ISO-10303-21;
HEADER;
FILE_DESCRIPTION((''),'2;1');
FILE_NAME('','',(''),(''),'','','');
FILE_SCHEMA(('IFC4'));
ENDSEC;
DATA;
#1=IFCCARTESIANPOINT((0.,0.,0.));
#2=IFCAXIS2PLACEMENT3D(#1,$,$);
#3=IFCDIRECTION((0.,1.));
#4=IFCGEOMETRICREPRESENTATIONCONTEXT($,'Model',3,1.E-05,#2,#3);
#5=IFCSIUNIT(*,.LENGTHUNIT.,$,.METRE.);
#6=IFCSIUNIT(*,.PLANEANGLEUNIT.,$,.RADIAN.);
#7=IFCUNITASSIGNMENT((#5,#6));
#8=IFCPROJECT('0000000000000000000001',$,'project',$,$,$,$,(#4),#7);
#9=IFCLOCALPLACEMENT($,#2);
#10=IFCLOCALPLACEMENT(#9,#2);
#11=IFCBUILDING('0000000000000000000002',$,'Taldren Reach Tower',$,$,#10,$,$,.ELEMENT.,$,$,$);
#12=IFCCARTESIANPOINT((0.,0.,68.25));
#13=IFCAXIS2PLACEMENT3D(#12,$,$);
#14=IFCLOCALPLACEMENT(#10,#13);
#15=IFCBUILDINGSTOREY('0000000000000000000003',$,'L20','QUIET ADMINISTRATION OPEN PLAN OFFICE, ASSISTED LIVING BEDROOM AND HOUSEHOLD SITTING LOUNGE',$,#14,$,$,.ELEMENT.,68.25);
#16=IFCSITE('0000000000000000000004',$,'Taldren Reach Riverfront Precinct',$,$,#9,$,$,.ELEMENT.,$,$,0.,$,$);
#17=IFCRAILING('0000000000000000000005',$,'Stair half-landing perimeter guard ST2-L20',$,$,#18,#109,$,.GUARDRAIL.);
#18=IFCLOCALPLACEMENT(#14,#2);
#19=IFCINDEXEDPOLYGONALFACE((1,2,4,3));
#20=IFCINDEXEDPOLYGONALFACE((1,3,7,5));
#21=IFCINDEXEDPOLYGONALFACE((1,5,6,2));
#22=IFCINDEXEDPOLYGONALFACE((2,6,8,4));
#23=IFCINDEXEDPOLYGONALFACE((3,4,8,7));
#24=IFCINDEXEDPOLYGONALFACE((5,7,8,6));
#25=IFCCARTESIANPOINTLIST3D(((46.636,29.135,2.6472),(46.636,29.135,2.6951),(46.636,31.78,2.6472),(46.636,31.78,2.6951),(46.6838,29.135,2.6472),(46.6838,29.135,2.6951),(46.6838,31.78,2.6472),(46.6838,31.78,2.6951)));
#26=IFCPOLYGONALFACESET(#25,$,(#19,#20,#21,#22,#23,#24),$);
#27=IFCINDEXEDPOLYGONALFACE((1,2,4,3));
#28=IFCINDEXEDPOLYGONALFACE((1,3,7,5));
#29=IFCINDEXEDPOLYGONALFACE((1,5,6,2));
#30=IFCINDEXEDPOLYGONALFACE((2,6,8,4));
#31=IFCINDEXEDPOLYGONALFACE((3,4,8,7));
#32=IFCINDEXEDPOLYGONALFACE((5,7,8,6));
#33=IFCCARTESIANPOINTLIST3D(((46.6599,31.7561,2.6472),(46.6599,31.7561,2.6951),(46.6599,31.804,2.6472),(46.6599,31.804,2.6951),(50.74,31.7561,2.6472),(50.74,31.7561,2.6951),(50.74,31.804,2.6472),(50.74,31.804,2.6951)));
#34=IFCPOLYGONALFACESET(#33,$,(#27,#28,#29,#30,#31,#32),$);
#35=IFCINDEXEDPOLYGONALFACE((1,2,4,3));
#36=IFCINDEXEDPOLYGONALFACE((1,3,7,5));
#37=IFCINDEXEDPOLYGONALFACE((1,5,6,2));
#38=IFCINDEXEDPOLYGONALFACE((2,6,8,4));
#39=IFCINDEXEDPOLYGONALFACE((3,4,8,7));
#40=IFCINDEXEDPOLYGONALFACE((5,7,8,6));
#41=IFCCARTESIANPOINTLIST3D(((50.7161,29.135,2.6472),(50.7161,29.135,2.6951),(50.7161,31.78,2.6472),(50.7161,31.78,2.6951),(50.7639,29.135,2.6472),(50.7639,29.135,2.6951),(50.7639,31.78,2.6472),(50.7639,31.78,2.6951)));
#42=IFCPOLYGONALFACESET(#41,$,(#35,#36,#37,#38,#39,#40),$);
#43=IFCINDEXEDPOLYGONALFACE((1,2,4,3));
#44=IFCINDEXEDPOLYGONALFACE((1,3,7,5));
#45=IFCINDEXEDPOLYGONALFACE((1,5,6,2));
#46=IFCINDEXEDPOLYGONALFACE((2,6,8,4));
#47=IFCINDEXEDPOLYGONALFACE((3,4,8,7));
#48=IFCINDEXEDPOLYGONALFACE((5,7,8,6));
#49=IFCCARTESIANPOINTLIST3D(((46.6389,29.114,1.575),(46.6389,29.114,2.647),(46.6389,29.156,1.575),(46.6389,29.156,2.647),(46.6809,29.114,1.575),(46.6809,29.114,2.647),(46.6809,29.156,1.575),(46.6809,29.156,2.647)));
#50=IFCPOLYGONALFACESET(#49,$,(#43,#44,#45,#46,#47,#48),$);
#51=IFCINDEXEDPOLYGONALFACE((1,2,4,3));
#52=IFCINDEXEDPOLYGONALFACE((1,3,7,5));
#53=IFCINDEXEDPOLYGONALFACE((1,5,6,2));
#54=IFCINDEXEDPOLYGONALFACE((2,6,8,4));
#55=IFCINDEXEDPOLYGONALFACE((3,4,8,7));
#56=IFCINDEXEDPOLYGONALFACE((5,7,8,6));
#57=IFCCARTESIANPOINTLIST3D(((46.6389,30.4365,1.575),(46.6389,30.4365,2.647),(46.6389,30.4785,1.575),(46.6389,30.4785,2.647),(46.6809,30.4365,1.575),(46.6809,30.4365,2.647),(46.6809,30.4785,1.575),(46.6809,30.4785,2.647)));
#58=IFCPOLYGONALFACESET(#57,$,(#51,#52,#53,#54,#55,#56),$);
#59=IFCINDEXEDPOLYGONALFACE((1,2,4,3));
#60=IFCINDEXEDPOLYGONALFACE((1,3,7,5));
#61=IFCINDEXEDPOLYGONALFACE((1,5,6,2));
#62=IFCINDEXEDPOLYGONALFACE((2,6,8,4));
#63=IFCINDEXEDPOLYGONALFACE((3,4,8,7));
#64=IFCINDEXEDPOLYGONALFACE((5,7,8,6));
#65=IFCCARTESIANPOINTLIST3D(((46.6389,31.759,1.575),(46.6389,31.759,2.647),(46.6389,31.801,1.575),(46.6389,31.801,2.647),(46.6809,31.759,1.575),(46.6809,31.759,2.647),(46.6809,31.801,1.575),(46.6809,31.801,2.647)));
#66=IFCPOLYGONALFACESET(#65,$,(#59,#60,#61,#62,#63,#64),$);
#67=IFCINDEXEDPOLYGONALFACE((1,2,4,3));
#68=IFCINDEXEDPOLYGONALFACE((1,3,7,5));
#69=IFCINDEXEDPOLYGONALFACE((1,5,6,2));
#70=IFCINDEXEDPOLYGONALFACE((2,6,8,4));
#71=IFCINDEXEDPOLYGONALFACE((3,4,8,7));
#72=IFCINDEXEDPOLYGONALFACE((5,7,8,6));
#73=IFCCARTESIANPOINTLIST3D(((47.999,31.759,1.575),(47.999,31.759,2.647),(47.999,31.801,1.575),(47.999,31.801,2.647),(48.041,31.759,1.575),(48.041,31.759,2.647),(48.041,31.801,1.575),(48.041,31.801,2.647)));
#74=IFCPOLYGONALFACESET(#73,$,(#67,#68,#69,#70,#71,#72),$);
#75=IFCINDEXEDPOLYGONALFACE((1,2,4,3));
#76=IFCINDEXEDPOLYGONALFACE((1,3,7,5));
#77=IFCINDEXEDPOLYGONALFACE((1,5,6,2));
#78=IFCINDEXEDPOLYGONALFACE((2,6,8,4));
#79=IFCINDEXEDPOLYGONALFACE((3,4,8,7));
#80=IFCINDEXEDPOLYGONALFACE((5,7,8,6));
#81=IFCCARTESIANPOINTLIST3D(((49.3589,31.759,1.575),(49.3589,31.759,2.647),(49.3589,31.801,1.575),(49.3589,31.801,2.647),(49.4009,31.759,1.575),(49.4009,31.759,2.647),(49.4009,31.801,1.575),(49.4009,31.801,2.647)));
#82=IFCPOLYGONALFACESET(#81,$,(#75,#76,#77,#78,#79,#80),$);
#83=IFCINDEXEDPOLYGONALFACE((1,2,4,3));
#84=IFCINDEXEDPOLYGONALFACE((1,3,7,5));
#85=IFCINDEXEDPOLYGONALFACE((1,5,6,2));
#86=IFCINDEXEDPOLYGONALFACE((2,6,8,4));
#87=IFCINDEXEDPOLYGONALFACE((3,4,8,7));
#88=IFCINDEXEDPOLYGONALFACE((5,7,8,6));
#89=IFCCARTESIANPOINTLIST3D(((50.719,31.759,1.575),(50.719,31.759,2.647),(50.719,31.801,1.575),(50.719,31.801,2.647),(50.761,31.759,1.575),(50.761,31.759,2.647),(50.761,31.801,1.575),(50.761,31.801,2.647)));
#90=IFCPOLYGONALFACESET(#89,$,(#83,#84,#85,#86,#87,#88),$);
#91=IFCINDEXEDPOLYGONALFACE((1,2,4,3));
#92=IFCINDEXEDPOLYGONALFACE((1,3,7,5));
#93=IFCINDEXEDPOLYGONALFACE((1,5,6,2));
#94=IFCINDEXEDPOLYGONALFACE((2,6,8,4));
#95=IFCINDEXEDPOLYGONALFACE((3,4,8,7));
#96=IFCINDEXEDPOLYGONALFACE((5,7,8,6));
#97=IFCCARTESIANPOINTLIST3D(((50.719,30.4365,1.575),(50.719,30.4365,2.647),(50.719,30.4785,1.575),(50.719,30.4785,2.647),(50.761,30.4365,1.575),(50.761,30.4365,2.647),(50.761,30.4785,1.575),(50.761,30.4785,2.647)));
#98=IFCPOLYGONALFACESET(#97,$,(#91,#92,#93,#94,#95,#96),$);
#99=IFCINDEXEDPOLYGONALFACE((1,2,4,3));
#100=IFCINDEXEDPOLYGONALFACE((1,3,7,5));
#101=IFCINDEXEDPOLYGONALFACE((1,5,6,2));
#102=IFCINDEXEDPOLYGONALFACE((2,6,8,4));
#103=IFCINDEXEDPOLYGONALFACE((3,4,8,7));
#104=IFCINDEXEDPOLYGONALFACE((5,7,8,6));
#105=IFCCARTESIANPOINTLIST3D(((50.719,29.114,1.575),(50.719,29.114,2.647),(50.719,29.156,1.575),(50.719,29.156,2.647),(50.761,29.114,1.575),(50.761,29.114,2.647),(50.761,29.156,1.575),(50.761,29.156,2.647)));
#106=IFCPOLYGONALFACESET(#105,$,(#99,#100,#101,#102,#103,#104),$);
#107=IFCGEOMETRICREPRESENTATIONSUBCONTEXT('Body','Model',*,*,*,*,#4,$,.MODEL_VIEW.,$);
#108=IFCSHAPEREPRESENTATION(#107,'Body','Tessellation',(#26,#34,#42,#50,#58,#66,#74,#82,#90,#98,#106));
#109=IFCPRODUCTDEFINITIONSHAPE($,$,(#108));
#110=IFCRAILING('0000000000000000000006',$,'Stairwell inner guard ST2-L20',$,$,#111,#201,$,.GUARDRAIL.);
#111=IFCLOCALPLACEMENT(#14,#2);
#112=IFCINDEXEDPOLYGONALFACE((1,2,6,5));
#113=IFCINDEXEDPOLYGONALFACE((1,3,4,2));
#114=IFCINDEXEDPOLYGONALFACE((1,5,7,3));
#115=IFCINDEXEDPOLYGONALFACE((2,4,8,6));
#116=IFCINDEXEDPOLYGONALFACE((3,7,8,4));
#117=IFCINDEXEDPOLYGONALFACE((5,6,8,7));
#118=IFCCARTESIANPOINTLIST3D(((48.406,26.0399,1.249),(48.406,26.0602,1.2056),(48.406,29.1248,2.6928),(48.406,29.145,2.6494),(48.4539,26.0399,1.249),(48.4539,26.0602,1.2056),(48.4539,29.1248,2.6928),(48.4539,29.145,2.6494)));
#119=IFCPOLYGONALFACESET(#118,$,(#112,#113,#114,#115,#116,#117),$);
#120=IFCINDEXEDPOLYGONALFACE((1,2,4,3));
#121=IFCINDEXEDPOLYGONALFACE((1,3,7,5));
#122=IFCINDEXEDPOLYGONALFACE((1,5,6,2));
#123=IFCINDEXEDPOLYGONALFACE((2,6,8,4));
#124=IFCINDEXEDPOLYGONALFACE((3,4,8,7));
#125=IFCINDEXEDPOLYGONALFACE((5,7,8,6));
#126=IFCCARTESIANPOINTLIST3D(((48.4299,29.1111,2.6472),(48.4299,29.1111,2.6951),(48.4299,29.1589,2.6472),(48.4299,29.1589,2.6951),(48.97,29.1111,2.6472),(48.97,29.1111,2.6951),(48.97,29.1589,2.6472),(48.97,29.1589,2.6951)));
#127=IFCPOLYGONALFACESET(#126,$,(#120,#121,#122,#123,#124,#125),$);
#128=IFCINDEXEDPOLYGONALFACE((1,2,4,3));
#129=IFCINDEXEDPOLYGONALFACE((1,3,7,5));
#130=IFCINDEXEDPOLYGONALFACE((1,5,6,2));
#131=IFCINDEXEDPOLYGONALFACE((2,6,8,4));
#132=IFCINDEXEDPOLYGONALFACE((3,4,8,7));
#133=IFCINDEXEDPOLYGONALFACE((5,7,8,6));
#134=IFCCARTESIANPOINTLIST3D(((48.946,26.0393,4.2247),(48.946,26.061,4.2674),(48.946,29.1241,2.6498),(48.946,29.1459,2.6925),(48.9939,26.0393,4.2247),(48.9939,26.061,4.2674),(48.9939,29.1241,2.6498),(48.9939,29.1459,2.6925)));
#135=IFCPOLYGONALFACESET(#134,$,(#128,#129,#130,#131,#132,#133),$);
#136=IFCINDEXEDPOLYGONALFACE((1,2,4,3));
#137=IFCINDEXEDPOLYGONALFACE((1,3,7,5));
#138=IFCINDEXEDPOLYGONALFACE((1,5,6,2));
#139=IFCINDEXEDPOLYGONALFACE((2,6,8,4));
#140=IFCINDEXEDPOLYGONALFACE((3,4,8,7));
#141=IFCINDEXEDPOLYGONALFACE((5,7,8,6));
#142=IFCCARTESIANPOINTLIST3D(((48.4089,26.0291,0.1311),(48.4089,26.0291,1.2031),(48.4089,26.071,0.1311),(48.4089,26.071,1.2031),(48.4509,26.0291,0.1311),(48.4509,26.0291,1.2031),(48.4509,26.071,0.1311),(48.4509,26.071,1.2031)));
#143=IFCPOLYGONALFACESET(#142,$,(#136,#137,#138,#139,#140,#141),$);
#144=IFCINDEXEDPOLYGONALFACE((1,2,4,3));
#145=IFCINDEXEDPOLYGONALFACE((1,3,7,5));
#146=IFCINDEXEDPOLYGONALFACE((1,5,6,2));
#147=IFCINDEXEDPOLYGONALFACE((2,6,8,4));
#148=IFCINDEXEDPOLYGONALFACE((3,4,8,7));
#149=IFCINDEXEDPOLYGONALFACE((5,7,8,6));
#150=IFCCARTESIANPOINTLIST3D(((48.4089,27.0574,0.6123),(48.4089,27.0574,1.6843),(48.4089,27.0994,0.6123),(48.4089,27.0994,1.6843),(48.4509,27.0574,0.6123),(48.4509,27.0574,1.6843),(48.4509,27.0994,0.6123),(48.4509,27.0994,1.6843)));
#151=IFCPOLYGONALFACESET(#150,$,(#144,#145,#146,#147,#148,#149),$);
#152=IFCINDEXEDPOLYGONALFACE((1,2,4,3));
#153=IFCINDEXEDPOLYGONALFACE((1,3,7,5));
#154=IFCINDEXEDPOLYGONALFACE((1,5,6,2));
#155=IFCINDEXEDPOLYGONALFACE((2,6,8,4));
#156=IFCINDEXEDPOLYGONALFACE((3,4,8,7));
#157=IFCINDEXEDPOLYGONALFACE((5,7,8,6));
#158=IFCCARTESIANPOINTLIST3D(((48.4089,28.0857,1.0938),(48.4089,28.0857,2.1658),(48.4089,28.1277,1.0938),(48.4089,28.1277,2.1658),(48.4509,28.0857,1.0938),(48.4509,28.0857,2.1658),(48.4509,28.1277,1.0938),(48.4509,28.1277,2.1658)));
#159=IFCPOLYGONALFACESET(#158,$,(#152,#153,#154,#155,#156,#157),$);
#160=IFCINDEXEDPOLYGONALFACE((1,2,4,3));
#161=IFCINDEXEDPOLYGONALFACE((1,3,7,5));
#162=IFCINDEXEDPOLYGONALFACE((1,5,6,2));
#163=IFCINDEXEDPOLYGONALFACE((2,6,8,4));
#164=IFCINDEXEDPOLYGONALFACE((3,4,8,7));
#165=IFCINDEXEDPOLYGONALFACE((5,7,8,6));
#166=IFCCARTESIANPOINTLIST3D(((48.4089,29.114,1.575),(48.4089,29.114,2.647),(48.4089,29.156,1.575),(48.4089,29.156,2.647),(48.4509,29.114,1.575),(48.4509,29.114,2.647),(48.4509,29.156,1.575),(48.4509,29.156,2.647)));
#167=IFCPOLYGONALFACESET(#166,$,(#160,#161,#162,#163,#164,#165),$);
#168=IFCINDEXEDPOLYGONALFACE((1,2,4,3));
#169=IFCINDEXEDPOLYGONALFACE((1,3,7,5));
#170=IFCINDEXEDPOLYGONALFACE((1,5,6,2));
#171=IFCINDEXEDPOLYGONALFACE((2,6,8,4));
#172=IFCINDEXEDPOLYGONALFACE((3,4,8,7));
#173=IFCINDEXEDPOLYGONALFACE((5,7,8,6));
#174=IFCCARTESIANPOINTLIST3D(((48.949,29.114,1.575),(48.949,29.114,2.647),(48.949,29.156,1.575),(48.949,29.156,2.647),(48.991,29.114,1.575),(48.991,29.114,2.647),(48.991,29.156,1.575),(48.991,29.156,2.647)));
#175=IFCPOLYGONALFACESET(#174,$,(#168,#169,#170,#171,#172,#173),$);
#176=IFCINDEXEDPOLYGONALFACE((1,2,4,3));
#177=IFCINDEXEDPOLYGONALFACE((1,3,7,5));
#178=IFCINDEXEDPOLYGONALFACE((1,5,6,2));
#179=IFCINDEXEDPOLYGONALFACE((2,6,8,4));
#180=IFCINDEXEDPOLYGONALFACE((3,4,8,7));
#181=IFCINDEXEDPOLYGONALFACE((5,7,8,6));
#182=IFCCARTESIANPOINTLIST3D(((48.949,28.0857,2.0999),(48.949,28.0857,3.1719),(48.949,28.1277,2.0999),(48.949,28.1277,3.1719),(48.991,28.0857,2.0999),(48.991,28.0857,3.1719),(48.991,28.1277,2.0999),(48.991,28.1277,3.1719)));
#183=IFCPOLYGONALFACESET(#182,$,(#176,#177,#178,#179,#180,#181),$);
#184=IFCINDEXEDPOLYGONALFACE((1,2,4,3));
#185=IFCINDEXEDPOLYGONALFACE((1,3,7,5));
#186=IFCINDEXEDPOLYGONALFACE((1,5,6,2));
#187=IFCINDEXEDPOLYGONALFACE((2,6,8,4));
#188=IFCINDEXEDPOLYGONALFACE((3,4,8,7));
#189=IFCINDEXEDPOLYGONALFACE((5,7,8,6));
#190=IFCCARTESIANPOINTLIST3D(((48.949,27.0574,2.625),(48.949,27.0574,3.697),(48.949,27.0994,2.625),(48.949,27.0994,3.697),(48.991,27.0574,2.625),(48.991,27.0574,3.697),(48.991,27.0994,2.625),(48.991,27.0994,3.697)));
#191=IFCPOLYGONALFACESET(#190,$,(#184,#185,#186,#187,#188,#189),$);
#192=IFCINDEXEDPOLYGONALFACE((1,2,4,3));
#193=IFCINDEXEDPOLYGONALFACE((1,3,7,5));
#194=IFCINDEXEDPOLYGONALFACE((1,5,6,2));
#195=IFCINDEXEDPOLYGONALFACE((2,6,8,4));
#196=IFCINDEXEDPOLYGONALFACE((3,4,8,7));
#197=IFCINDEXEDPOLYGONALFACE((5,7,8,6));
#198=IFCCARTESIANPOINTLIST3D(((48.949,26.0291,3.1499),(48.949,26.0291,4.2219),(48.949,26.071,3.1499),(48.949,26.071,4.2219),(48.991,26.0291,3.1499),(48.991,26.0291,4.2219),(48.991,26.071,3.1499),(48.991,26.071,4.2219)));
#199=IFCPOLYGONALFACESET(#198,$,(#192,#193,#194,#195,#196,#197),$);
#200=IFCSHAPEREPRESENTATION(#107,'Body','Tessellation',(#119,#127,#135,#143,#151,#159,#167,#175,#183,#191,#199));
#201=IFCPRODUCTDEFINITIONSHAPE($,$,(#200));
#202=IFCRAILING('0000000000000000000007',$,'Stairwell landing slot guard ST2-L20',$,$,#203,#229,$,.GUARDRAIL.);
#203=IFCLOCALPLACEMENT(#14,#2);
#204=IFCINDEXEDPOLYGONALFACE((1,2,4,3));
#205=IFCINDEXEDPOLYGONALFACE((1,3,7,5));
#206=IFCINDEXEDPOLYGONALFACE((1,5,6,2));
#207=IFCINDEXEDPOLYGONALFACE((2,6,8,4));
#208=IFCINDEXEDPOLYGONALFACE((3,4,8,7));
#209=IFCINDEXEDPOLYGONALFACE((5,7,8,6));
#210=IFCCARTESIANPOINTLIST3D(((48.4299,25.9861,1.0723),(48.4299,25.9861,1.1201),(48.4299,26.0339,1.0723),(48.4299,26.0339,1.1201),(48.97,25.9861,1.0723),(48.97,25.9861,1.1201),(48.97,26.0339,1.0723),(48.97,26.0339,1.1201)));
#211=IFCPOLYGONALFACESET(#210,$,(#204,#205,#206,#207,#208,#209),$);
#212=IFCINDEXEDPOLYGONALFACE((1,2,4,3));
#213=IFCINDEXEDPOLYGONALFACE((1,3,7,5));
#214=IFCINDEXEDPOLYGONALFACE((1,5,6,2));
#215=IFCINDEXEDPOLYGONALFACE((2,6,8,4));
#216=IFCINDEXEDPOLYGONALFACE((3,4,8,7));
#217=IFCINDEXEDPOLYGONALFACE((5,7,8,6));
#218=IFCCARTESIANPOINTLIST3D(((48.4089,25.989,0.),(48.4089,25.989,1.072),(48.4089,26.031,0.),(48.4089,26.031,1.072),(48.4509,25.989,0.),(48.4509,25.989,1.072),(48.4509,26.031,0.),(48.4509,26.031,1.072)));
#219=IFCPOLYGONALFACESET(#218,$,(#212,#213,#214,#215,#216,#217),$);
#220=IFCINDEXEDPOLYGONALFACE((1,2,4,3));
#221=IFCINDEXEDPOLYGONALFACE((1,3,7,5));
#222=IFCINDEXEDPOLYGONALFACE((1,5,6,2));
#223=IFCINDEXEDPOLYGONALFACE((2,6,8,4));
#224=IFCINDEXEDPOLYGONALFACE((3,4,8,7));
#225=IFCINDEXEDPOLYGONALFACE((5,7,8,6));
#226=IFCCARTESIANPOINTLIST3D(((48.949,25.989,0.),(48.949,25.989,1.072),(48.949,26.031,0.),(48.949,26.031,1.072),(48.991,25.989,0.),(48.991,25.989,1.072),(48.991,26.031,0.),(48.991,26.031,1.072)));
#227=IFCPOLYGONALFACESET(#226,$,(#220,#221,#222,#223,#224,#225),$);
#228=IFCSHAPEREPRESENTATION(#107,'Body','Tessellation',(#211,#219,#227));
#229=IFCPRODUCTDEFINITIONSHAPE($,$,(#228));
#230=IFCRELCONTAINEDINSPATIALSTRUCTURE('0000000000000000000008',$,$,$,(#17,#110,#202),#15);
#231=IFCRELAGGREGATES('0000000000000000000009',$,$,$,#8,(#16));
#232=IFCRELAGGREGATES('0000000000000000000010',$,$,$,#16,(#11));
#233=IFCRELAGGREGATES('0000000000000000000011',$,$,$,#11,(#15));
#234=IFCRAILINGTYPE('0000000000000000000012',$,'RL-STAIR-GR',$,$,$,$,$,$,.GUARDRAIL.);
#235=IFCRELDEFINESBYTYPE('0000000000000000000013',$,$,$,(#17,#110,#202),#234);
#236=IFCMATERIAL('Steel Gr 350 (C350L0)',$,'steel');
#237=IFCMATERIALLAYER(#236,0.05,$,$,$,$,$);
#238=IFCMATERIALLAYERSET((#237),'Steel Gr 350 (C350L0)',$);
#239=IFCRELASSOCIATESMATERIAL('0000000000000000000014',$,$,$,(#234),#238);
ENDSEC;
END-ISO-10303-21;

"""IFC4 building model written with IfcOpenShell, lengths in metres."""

from ifc_helpers import new_model, si_unit, direction, frame, origin, origin_2d, place, context, subcontext, project, spatial, rectangle, extrude, material, layer, layer_set, type_object, element, save


model = new_model("IFC4")

# Units and contexts
model_context = context("Model", 3, precision=1e-05, world=origin(), true_north=direction((0.0, 1.0)))
body_context = subcontext(model_context, "Body", "Model", "MODEL_VIEW")
ifc_project = project(units=[si_unit("LENGTHUNIT", "METRE"), si_unit("PLANEANGLEUNIT", "RADIAN")], contexts=[model_context])

# Site, building, storey
site_placement = place(None, origin())
site = spatial("IfcSite", under=ifc_project, at=site_placement, Name="Taldren Reach Riverfront Precinct", CompositionType="ELEMENT", RefElevation=0.0)
building_placement = place(site_placement, origin())
building = spatial("IfcBuilding", under=site, at=building_placement, Name="Taldren Reach Tower", CompositionType="ELEMENT")
storey_placement = place(building_placement, frame((0.0, 0.0, 68.25)))
storey = spatial("IfcBuildingStorey", under=building, at=storey_placement, Name="L20", Description="QUIET ADMINISTRATION OPEN PLAN OFFICE, ASSISTED LIVING BEDROOM AND HOUSEHOLD SITTING LOUNGE", CompositionType="ELEMENT", Elevation=68.25)

# Shared definitions
ifc_material_1 = material(Name="Steel Gr 350 (C350L0)", Category="steel")

# Railings
ifc_layer_1 = layer(ifc_material_1, 0.05)
ifc_layer_set_1 = layer_set([ifc_layer_1], Name="Steel Gr 350 (C350L0)")
railing_type_1 = type_object("IfcRailingType", Name="RL-STAIR-GR", PredefinedType="GUARDRAIL", material=ifc_layer_set_1)
railing_1_placement = place(storey_placement, frame((46.6599, 29.135, 1.575)))
element("IfcRailing", 1, at=railing_1_placement, inside=storey, type_object=railing_type_1, Name="Stair half-landing perimeter guard ST2-L20", PredefinedType="GUARDRAIL", context=body_context, shape_type="SweptSolid", body=[
    extrude(rectangle(XDim=0.0479, YDim=0.0479, at=origin_2d()), frame((0.0, 0.0, 1.0962), z_axis=(0.0, 1.0, 0.0), x_axis=(-1.0, 0.0, 0.0)), (0.0, 0.0, 1.0), 2.645),
    extrude(rectangle(XDim=0.0479, YDim=0.0479, at=origin_2d()), frame((0.0, 2.645, 1.0962), z_axis=(1.0, 0.0, 0.0), x_axis=(0.0, 1.0, 0.0)), (0.0, 0.0, 1.0), 4.0801),
    extrude(rectangle(XDim=0.0479, YDim=0.0479, at=origin_2d()), frame((4.0801, 2.645, 1.0962), z_axis=(0.0, -1.0, 0.0), x_axis=(1.0, 0.0, 0.0)), (0.0, 0.0, 1.0), 2.645),
    extrude(rectangle(XDim=0.042, YDim=0.042, at=origin_2d()), origin(), (0.0, 0.0, 1.0), 1.072),
    extrude(rectangle(XDim=0.042, YDim=0.042, at=origin_2d()), frame((0.0, 1.3225, 0.0)), (0.0, 0.0, 1.0), 1.072),
    extrude(rectangle(XDim=0.042, YDim=0.042, at=origin_2d()), frame((0.0, 2.645, 0.0)), (0.0, 0.0, 1.0), 1.072),
    extrude(rectangle(XDim=0.042, YDim=0.042, at=origin_2d()), frame((1.3601, 2.645, 0.0)), (0.0, 0.0, 1.0), 1.072),
    extrude(rectangle(XDim=0.042, YDim=0.042, at=origin_2d()), frame((2.72, 2.645, 0.0)), (0.0, 0.0, 1.0), 1.072),
    extrude(rectangle(XDim=0.042, YDim=0.042, at=origin_2d()), frame((4.0801, 2.645, 0.0)), (0.0, 0.0, 1.0), 1.072),
    extrude(rectangle(XDim=0.042, YDim=0.042, at=origin_2d()), frame((4.0801, 1.3225, 0.0)), (0.0, 0.0, 1.0), 1.072),
    extrude(rectangle(XDim=0.042, YDim=0.042, at=origin_2d()), frame((4.0801, 0.0, 0.0)), (0.0, 0.0, 1.0), 1.072),
])
railing_2_placement = place(storey_placement, frame((48.4299, 26.05, 0.1311)))
element("IfcRailing", 2, at=railing_2_placement, inside=storey, type_object=railing_type_1, Name="Stairwell inner guard ST2-L20", PredefinedType="GUARDRAIL", context=body_context, shape_type="SweptSolid", body=[
    extrude(rectangle(XDim=0.0479, YDim=0.0479, at=origin_2d()), frame((0.0, 0.0, 1.0962), z_axis=(0.0, 0.90571, 0.423898), x_axis=(-1.0, 0.0, 0.0)), (0.0, 0.0, 1.0), 3.406),
    extrude(rectangle(XDim=0.0479, YDim=0.0479, at=origin_2d()), frame((0.0, 3.085, 2.54), z_axis=(1.0, 0.0, 0.0), x_axis=(0.0, 1.0, 0.0)), (0.0, 0.0, 1.0), 0.54),
    extrude(rectangle(XDim=0.0479, YDim=0.0479, at=origin_2d()), frame((0.54, 3.085, 2.54), z_axis=(0.0, -0.890646, 0.454697), x_axis=(1.0, 0.0, 0.0)), (0.0, 0.0, 1.0), 3.4636),
    extrude(rectangle(XDim=0.042, YDim=0.042, at=origin_2d()), origin(), (0.0, 0.0, 1.0), 1.072),
    extrude(rectangle(XDim=0.042, YDim=0.042, at=origin_2d()), frame((0.0, 1.0283, 0.4812)), (0.0, 0.0, 1.0), 1.072),
    extrude(rectangle(XDim=0.042, YDim=0.042, at=origin_2d()), frame((0.0, 2.0566, 0.9626)), (0.0, 0.0, 1.0), 1.072),
    extrude(rectangle(XDim=0.042, YDim=0.042, at=origin_2d()), frame((0.0, 3.085, 1.4438)), (0.0, 0.0, 1.0), 1.072),
    extrude(rectangle(XDim=0.042, YDim=0.042, at=origin_2d()), frame((0.54, 3.085, 1.4438)), (0.0, 0.0, 1.0), 1.072),
    extrude(rectangle(XDim=0.042, YDim=0.042, at=origin_2d()), frame((0.54, 2.0566, 1.9688)), (0.0, 0.0, 1.0), 1.072),
    extrude(rectangle(XDim=0.042, YDim=0.042, at=origin_2d()), frame((0.54, 1.0283, 2.4939)), (0.0, 0.0, 1.0), 1.072),
    extrude(rectangle(XDim=0.042, YDim=0.042, at=origin_2d()), frame((0.54, 0.0, 3.0188)), (0.0, 0.0, 1.0), 1.072),
])
railing_3_placement = place(storey_placement, frame((48.4299, 26.01, 0.0)))
element("IfcRailing", 3, at=railing_3_placement, inside=storey, type_object=railing_type_1, Name="Stairwell landing slot guard ST2-L20", PredefinedType="GUARDRAIL", context=body_context, shape_type="SweptSolid", body=[
    extrude(rectangle(XDim=0.0479, YDim=0.0479, at=origin_2d()), frame((0.0, 0.0, 1.0962), z_axis=(1.0, 0.0, 0.0), x_axis=(0.0, 1.0, 0.0)), (0.0, 0.0, 1.0), 0.54),
    extrude(rectangle(XDim=0.042, YDim=0.042, at=origin_2d()), origin(), (0.0, 0.0, 1.0), 1.072),
    extrude(rectangle(XDim=0.042, YDim=0.042, at=origin_2d()), frame((0.54, 0.0, 0.0)), (0.0, 0.0, 1.0), 1.072),
])

save(model, "model.ifc")
